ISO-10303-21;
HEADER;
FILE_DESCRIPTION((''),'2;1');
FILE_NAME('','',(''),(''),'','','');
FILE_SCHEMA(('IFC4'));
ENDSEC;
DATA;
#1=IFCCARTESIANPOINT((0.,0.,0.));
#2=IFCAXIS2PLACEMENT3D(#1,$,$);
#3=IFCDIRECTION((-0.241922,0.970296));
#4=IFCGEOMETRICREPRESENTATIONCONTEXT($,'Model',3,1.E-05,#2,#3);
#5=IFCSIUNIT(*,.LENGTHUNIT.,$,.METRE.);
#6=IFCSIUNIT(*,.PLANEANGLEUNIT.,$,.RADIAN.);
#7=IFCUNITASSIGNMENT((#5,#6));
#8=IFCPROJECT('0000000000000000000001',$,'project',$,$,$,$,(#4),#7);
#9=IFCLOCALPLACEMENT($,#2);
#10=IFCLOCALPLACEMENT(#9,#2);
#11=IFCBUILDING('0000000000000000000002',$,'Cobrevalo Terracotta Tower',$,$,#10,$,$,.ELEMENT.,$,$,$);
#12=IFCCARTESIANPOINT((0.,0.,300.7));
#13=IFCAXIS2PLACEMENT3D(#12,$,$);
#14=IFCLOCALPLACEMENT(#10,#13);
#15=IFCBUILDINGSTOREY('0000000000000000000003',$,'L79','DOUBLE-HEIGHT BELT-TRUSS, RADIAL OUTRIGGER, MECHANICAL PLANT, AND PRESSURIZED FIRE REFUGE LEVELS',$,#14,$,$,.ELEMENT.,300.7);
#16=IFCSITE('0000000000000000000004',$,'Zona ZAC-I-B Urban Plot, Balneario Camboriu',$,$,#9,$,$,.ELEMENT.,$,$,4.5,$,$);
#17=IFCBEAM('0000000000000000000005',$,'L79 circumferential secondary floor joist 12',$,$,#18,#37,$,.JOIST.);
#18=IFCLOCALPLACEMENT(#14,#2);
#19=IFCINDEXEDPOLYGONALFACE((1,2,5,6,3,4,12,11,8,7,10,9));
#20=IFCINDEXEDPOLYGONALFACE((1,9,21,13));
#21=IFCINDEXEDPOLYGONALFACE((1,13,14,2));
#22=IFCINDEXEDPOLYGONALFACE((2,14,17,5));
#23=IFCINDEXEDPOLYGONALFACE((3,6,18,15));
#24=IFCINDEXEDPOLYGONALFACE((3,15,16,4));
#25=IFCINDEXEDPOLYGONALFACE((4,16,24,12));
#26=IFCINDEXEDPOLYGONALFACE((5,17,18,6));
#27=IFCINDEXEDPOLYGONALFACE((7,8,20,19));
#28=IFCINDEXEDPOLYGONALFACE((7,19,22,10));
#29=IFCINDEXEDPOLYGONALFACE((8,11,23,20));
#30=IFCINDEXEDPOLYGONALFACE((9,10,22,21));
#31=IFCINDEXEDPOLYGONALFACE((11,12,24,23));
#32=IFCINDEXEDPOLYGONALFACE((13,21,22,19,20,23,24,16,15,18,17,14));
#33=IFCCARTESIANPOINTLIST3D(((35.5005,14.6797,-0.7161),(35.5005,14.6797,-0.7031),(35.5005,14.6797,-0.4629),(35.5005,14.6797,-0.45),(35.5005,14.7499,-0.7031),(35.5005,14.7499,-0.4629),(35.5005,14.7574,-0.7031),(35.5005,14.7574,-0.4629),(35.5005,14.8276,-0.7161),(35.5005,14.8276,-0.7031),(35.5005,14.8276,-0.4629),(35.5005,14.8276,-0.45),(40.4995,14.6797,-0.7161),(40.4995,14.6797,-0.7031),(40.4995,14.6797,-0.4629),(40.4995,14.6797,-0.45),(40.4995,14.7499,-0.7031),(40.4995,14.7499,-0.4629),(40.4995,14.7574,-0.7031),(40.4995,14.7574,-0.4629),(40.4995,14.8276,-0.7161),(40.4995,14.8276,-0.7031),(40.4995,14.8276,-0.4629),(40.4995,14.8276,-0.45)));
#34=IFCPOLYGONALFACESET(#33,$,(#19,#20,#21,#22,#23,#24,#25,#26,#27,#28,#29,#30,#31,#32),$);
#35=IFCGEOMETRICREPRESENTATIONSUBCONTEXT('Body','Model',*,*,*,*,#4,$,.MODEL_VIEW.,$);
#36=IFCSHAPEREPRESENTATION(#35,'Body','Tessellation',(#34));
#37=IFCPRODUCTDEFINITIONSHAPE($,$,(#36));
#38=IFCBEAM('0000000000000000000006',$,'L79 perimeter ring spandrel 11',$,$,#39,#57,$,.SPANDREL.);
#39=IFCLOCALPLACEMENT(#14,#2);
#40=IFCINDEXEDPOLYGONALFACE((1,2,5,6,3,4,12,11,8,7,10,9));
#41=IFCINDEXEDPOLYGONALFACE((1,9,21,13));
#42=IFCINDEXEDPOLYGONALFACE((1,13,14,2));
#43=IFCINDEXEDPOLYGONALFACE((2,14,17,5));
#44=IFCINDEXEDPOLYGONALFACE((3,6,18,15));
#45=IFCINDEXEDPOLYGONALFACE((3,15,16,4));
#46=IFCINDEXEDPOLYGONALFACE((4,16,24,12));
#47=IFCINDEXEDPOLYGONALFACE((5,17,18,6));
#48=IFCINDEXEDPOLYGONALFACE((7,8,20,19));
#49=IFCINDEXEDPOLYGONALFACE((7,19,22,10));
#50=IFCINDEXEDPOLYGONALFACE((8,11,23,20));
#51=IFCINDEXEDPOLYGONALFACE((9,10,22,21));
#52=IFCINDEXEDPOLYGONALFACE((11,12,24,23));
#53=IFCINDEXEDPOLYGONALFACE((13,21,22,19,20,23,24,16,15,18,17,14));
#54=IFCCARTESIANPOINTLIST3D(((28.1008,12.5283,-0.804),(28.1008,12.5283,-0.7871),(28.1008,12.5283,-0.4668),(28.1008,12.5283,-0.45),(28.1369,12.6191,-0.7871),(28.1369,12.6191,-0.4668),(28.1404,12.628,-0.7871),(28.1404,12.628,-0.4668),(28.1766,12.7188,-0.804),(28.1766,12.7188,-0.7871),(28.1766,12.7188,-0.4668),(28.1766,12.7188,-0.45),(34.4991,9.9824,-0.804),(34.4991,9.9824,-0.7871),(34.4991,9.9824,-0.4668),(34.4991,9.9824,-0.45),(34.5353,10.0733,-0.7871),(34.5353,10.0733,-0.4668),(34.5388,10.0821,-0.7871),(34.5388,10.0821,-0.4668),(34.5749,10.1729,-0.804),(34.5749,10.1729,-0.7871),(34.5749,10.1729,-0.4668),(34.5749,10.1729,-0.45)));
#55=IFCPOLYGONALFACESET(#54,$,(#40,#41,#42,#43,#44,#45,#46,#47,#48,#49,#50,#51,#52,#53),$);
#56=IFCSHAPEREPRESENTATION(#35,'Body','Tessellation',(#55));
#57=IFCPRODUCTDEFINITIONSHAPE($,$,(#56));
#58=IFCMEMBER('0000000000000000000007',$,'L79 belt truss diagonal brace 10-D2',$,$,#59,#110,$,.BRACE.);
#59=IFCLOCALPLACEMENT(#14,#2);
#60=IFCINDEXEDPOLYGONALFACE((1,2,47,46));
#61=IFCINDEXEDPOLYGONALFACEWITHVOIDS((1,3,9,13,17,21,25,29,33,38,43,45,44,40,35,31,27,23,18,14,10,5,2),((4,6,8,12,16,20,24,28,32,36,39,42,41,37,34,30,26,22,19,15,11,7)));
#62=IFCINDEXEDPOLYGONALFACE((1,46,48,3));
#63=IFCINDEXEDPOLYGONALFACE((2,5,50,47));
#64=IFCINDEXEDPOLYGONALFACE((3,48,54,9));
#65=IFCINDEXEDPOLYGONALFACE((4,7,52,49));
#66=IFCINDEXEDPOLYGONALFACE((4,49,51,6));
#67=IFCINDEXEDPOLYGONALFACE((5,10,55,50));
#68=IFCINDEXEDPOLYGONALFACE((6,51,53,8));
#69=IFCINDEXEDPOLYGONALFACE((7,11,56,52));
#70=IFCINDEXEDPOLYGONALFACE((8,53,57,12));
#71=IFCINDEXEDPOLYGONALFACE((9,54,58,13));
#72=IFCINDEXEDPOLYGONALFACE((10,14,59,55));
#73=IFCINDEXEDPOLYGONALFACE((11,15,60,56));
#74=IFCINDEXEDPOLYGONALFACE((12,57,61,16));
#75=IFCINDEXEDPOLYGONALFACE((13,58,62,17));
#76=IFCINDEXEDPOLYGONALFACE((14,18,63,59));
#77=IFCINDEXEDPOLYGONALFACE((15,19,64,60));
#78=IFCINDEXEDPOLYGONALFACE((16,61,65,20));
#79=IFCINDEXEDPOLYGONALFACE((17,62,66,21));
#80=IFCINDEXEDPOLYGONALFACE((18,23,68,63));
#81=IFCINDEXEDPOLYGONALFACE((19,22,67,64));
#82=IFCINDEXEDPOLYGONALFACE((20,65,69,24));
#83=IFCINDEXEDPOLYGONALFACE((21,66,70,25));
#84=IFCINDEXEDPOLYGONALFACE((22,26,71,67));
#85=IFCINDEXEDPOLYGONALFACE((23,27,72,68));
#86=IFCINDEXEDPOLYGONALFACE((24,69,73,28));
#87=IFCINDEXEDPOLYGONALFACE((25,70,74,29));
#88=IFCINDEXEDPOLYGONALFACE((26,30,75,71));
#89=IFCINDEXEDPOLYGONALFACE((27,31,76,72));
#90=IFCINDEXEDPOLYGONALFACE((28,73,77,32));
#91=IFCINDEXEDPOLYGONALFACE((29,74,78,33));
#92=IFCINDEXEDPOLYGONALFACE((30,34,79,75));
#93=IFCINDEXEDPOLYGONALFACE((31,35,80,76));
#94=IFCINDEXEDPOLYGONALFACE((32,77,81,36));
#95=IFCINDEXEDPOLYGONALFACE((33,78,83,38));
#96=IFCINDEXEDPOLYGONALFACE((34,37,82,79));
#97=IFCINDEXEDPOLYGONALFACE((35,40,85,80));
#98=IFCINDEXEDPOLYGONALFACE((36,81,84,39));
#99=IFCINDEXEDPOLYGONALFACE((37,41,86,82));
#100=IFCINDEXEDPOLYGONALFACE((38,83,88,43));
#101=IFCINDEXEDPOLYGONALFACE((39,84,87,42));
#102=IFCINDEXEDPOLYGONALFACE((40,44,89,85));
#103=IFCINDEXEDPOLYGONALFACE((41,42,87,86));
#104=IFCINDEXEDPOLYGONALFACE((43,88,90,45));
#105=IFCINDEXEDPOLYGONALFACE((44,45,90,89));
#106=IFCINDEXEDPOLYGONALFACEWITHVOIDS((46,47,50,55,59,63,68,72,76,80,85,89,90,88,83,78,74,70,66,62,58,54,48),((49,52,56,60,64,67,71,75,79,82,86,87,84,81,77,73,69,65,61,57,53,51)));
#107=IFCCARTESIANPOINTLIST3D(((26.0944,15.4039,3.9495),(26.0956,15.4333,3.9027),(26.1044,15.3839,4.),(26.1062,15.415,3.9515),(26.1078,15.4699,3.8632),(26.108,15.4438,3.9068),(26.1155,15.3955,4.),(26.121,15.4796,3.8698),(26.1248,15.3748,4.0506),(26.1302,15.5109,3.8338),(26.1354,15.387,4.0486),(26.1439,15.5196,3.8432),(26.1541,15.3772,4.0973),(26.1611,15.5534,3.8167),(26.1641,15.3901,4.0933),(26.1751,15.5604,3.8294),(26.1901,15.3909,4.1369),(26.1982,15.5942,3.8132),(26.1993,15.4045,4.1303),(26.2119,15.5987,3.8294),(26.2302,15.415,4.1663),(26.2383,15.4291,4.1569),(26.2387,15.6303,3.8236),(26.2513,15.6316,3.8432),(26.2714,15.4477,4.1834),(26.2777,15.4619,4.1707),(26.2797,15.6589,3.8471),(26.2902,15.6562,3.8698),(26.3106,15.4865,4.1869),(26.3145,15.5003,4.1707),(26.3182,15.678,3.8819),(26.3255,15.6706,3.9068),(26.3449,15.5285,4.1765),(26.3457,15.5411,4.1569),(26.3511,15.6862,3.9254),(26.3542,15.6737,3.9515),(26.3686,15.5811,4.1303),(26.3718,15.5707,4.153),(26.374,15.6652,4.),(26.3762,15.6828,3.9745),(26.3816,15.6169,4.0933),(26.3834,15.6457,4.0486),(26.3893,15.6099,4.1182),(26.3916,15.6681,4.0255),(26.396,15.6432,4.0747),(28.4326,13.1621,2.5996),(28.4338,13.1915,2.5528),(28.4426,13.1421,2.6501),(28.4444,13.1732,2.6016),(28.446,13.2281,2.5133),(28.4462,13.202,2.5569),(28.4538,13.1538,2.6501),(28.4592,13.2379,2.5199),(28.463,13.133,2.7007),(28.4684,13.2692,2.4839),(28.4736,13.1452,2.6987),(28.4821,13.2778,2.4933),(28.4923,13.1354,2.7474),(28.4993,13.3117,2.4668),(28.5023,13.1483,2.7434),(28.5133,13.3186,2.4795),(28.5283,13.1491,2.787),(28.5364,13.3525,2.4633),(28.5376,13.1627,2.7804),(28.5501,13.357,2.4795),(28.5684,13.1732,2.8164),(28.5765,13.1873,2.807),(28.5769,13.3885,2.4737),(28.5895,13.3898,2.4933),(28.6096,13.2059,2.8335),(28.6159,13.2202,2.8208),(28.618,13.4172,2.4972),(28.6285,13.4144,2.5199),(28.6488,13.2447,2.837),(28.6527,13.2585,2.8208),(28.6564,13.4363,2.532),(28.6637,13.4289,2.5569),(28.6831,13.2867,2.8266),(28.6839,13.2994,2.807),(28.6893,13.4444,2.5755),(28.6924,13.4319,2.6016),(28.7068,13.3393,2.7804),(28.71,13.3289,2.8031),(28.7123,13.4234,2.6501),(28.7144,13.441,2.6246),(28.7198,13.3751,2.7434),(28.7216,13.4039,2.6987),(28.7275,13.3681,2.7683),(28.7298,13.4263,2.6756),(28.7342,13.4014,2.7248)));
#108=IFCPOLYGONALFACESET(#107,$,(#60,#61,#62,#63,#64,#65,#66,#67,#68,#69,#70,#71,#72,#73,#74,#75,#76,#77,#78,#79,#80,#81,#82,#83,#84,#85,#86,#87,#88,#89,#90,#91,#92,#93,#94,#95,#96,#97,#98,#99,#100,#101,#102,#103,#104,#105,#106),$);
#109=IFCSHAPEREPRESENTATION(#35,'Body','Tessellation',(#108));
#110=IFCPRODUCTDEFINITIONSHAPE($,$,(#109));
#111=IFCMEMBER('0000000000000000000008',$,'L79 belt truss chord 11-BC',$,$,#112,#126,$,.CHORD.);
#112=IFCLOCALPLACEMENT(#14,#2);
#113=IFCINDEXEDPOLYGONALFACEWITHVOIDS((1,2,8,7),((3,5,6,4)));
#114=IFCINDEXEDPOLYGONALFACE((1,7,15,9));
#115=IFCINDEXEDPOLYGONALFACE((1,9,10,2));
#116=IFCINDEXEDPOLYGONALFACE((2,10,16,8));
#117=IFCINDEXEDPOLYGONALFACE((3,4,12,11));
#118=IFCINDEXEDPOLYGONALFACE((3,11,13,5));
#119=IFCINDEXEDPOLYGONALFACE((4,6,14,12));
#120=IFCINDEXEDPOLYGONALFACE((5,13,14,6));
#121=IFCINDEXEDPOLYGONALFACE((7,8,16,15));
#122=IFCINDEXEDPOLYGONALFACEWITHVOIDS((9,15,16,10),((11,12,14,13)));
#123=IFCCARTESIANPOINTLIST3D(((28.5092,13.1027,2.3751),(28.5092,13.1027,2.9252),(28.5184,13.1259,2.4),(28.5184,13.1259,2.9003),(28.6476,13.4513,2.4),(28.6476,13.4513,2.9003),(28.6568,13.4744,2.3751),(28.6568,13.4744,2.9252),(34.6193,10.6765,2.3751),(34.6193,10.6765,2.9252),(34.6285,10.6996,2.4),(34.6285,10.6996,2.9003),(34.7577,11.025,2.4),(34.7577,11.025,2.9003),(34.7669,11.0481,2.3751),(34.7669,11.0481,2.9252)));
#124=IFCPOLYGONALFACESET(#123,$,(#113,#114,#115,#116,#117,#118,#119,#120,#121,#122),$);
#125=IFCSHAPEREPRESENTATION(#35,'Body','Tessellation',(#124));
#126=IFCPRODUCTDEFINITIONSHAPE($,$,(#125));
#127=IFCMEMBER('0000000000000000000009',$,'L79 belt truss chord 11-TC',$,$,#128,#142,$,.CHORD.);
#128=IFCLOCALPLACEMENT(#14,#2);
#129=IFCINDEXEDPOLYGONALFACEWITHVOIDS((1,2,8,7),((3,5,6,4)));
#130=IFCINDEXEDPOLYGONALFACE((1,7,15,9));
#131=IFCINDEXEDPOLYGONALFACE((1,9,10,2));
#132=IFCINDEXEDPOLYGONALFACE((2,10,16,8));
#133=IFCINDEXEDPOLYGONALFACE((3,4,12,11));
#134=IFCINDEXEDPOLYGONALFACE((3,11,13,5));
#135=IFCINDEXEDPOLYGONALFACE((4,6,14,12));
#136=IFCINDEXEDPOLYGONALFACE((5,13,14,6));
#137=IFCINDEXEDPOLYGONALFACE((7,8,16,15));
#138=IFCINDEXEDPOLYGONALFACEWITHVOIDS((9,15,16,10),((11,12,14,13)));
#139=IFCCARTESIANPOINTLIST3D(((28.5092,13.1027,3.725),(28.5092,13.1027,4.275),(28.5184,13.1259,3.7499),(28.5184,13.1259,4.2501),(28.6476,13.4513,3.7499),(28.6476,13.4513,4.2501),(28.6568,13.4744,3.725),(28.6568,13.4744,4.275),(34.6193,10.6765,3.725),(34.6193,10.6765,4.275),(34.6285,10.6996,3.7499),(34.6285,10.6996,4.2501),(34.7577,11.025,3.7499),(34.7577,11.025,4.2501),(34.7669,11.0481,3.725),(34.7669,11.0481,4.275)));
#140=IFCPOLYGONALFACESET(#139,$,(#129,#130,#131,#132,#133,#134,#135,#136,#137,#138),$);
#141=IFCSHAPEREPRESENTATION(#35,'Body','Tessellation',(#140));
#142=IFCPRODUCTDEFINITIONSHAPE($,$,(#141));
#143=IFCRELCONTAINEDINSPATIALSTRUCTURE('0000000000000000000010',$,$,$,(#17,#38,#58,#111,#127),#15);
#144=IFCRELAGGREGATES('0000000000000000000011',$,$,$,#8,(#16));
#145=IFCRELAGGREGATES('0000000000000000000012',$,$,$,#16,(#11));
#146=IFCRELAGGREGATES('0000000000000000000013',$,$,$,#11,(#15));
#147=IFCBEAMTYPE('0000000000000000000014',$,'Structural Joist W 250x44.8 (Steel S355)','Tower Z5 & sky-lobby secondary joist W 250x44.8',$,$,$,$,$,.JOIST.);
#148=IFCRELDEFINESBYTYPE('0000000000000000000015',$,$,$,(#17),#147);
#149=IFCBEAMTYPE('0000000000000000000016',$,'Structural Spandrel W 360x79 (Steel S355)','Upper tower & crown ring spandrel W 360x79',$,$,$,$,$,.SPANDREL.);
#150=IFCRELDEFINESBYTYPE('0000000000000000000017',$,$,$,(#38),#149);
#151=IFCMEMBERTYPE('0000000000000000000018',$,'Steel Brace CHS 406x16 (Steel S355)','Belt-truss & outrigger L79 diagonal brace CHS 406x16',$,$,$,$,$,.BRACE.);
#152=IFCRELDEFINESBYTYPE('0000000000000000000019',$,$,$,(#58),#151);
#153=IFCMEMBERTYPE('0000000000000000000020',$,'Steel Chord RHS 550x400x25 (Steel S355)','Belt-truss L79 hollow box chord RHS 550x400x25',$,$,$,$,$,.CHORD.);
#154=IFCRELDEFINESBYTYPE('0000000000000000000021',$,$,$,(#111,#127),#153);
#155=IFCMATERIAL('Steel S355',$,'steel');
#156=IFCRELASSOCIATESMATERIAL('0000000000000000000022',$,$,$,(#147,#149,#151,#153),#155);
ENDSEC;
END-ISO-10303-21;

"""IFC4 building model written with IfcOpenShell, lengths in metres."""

from ifc_helpers import new_model, si_unit, direction, frame, origin, origin_2d, place, context, subcontext, project, spatial, hollow_rectangle, hollow_circle, i_section, extrude, source, transform, mapped, material, material_profile, profile_set, type_object, element, save


model = new_model("IFC4")

# Units and contexts
model_context = context("Model", 3, precision=1e-05, world=origin(), true_north=direction((-0.241922, 0.970296)))
body_context = subcontext(model_context, "Body", "Model", "MODEL_VIEW")
ifc_project = project(units=[si_unit("LENGTHUNIT", "METRE"), si_unit("PLANEANGLEUNIT", "RADIAN")], contexts=[model_context])

# Site, building, storey
site_placement = place(None, origin())
site = spatial("IfcSite", under=ifc_project, at=site_placement, Name="Zona ZAC-I-B Urban Plot, Balneario Camboriu", CompositionType="ELEMENT", RefElevation=4.5)
building_placement = place(site_placement, origin())
building = spatial("IfcBuilding", under=site, at=building_placement, Name="Cobrevalo Terracotta Tower", CompositionType="ELEMENT")
storey_placement = place(building_placement, frame((0.0, 0.0, 300.7)))
storey = spatial("IfcBuildingStorey", under=building, at=storey_placement, Name="L79", Description="DOUBLE-HEIGHT BELT-TRUSS, RADIAL OUTRIGGER, MECHANICAL PLANT, AND PRESSURIZED FIRE REFUGE LEVELS", CompositionType="ELEMENT", Elevation=300.7)

# Shared definitions
ifc_material_1 = material(Name="Steel S355", Category="steel")

# Beams
ifc_material_profile_1 = material_profile(ifc_material_1, i_section(OverallWidth=0.1479, OverallDepth=0.2661, WebThickness=0.0076, FlangeThickness=0.0129, at=origin_2d()), Name="W 250x44.8")
ifc_profile_set_1 = profile_set([ifc_material_profile_1], Name="Steel S355")
beam_type_1 = type_object("IfcBeamType", Name="Structural Joist W 250x44.8 (Steel S355)", Description="Tower Z5 & sky-lobby secondary joist W 250x44.8", PredefinedType="JOIST", material=ifc_profile_set_1)
beam_1_placement = place(storey_placement, frame((35.5005, 14.7537, -0.583), z_axis=(1.0, 0.0, 0.0), x_axis=(0.0, 1.0, 0.0)))
element("IfcBeam", 1, at=beam_1_placement, inside=storey, type_object=beam_type_1, Name="L79 circumferential secondary floor joist 12", PredefinedType="JOIST", context=body_context, shape_type="SweptSolid", body=[
    extrude(i_section(OverallWidth=0.1479, OverallDepth=0.2661, WebThickness=0.0076, FlangeThickness=0.0129, at=origin_2d()), origin(), (0.0, 0.0, 1.0), 4.999),
])
ifc_material_profile_2 = material_profile(ifc_material_1, i_section(OverallWidth=0.2051, OverallDepth=0.354, WebThickness=0.0095, FlangeThickness=0.0168, at=origin_2d()), Name="W 360x79")
ifc_profile_set_2 = profile_set([ifc_material_profile_2], Name="Steel S355")
beam_type_2 = type_object("IfcBeamType", Name="Structural Spandrel W 360x79 (Steel S355)", Description="Upper tower & crown ring spandrel W 360x79", PredefinedType="SPANDREL", material=ifc_profile_set_2)
beam_2_placement = place(storey_placement, frame((28.1387, 12.6235, -0.627), z_axis=(0.92915, -0.369703, 0.0), x_axis=(0.369703, 0.92915, 0.0)))
element("IfcBeam", 2, at=beam_2_placement, inside=storey, type_object=beam_type_2, Name="L79 perimeter ring spandrel 11", PredefinedType="SPANDREL", context=body_context, shape_type="SweptSolid", body=[
    extrude(i_section(OverallWidth=0.2051, OverallDepth=0.354, WebThickness=0.0095, FlangeThickness=0.0168, at=origin_2d()), origin(), (0.0, 0.0, 1.0), 6.8862),
])

# Members
ifc_material_profile_3 = material_profile(ifc_material_1, hollow_circle(Radius=0.2029, WallThickness=0.0161, at=origin_2d()), Name="CHS 406x16")
ifc_profile_set_3 = profile_set([ifc_material_profile_3], Name="Steel S355")
member_type_1 = type_object("IfcMemberType", Name="Steel Brace CHS 406x16 (Steel S355)", Description="Belt-truss & outrigger L79 diagonal brace CHS 406x16", PredefinedType="BRACE", material=ifc_profile_set_3)
shared_shape_1 = source(origin(), body_context, "Body", "SweptSolid", [
    extrude(hollow_circle(Radius=0.2029, WallThickness=0.0161, at=origin_2d()), origin(), (0.0, 0.0, 1.0), 3.5093),
])
member_1_placement = place(storey_placement, frame((28.583, 13.2886, 2.6501), z_axis=(-0.666295, 0.638814, 0.384666), x_axis=(-0.692064, -0.721836, 0.0)))
element("IfcMember", 3, at=member_1_placement, inside=storey, type_object=member_type_1, Name="L79 belt truss diagonal brace 10-D2", PredefinedType="BRACE", context=body_context, shape_type="MappedRepresentation", body=[
    mapped(shared_shape_1, transform((0.0, 0.0, 0.0), scale=1.0)),
])
ifc_material_profile_4 = material_profile(ifc_material_1, hollow_rectangle(XDim=0.3999, YDim=0.55, WallThickness=0.0249, at=origin_2d()), Name="RHS 550x400x25")
ifc_profile_set_4 = profile_set([ifc_material_profile_4], Name="Steel S355")
member_type_2 = type_object("IfcMemberType", Name="Steel Chord RHS 550x400x25 (Steel S355)", Description="Belt-truss L79 hollow box chord RHS 550x400x25", PredefinedType="CHORD", material=ifc_profile_set_4)
shared_shape_2 = source(origin(), body_context, "Body", "SweptSolid", [
    extrude(hollow_rectangle(XDim=0.3999, YDim=0.55, WallThickness=0.0249, at=origin_2d()), origin(), (0.0, 0.0, 1.0), 6.5742),
])
for number, where, z_axis, x_axis, name in (
    (4, (28.583, 13.2886, 2.6501), (0.929406, -0.369059, 0.0), (0.369059, 0.929406, 0.0), "L79 belt truss chord 11-BC"),
    (5, (28.583, 13.2886, 4.0), (0.929406, -0.369059, 0.0), (0.369059, 0.929406, 0.0), "L79 belt truss chord 11-TC"),
):
    element("IfcMember", number, at=place(storey_placement, frame(where, z_axis=z_axis, x_axis=x_axis)), inside=storey, type_object=member_type_2, Name=name, PredefinedType="CHORD", context=body_context, shape_type="MappedRepresentation", body=[
        mapped(shared_shape_2, transform((0.0, 0.0, 0.0), scale=1.0)),
    ])

save(model, "model.ifc")
